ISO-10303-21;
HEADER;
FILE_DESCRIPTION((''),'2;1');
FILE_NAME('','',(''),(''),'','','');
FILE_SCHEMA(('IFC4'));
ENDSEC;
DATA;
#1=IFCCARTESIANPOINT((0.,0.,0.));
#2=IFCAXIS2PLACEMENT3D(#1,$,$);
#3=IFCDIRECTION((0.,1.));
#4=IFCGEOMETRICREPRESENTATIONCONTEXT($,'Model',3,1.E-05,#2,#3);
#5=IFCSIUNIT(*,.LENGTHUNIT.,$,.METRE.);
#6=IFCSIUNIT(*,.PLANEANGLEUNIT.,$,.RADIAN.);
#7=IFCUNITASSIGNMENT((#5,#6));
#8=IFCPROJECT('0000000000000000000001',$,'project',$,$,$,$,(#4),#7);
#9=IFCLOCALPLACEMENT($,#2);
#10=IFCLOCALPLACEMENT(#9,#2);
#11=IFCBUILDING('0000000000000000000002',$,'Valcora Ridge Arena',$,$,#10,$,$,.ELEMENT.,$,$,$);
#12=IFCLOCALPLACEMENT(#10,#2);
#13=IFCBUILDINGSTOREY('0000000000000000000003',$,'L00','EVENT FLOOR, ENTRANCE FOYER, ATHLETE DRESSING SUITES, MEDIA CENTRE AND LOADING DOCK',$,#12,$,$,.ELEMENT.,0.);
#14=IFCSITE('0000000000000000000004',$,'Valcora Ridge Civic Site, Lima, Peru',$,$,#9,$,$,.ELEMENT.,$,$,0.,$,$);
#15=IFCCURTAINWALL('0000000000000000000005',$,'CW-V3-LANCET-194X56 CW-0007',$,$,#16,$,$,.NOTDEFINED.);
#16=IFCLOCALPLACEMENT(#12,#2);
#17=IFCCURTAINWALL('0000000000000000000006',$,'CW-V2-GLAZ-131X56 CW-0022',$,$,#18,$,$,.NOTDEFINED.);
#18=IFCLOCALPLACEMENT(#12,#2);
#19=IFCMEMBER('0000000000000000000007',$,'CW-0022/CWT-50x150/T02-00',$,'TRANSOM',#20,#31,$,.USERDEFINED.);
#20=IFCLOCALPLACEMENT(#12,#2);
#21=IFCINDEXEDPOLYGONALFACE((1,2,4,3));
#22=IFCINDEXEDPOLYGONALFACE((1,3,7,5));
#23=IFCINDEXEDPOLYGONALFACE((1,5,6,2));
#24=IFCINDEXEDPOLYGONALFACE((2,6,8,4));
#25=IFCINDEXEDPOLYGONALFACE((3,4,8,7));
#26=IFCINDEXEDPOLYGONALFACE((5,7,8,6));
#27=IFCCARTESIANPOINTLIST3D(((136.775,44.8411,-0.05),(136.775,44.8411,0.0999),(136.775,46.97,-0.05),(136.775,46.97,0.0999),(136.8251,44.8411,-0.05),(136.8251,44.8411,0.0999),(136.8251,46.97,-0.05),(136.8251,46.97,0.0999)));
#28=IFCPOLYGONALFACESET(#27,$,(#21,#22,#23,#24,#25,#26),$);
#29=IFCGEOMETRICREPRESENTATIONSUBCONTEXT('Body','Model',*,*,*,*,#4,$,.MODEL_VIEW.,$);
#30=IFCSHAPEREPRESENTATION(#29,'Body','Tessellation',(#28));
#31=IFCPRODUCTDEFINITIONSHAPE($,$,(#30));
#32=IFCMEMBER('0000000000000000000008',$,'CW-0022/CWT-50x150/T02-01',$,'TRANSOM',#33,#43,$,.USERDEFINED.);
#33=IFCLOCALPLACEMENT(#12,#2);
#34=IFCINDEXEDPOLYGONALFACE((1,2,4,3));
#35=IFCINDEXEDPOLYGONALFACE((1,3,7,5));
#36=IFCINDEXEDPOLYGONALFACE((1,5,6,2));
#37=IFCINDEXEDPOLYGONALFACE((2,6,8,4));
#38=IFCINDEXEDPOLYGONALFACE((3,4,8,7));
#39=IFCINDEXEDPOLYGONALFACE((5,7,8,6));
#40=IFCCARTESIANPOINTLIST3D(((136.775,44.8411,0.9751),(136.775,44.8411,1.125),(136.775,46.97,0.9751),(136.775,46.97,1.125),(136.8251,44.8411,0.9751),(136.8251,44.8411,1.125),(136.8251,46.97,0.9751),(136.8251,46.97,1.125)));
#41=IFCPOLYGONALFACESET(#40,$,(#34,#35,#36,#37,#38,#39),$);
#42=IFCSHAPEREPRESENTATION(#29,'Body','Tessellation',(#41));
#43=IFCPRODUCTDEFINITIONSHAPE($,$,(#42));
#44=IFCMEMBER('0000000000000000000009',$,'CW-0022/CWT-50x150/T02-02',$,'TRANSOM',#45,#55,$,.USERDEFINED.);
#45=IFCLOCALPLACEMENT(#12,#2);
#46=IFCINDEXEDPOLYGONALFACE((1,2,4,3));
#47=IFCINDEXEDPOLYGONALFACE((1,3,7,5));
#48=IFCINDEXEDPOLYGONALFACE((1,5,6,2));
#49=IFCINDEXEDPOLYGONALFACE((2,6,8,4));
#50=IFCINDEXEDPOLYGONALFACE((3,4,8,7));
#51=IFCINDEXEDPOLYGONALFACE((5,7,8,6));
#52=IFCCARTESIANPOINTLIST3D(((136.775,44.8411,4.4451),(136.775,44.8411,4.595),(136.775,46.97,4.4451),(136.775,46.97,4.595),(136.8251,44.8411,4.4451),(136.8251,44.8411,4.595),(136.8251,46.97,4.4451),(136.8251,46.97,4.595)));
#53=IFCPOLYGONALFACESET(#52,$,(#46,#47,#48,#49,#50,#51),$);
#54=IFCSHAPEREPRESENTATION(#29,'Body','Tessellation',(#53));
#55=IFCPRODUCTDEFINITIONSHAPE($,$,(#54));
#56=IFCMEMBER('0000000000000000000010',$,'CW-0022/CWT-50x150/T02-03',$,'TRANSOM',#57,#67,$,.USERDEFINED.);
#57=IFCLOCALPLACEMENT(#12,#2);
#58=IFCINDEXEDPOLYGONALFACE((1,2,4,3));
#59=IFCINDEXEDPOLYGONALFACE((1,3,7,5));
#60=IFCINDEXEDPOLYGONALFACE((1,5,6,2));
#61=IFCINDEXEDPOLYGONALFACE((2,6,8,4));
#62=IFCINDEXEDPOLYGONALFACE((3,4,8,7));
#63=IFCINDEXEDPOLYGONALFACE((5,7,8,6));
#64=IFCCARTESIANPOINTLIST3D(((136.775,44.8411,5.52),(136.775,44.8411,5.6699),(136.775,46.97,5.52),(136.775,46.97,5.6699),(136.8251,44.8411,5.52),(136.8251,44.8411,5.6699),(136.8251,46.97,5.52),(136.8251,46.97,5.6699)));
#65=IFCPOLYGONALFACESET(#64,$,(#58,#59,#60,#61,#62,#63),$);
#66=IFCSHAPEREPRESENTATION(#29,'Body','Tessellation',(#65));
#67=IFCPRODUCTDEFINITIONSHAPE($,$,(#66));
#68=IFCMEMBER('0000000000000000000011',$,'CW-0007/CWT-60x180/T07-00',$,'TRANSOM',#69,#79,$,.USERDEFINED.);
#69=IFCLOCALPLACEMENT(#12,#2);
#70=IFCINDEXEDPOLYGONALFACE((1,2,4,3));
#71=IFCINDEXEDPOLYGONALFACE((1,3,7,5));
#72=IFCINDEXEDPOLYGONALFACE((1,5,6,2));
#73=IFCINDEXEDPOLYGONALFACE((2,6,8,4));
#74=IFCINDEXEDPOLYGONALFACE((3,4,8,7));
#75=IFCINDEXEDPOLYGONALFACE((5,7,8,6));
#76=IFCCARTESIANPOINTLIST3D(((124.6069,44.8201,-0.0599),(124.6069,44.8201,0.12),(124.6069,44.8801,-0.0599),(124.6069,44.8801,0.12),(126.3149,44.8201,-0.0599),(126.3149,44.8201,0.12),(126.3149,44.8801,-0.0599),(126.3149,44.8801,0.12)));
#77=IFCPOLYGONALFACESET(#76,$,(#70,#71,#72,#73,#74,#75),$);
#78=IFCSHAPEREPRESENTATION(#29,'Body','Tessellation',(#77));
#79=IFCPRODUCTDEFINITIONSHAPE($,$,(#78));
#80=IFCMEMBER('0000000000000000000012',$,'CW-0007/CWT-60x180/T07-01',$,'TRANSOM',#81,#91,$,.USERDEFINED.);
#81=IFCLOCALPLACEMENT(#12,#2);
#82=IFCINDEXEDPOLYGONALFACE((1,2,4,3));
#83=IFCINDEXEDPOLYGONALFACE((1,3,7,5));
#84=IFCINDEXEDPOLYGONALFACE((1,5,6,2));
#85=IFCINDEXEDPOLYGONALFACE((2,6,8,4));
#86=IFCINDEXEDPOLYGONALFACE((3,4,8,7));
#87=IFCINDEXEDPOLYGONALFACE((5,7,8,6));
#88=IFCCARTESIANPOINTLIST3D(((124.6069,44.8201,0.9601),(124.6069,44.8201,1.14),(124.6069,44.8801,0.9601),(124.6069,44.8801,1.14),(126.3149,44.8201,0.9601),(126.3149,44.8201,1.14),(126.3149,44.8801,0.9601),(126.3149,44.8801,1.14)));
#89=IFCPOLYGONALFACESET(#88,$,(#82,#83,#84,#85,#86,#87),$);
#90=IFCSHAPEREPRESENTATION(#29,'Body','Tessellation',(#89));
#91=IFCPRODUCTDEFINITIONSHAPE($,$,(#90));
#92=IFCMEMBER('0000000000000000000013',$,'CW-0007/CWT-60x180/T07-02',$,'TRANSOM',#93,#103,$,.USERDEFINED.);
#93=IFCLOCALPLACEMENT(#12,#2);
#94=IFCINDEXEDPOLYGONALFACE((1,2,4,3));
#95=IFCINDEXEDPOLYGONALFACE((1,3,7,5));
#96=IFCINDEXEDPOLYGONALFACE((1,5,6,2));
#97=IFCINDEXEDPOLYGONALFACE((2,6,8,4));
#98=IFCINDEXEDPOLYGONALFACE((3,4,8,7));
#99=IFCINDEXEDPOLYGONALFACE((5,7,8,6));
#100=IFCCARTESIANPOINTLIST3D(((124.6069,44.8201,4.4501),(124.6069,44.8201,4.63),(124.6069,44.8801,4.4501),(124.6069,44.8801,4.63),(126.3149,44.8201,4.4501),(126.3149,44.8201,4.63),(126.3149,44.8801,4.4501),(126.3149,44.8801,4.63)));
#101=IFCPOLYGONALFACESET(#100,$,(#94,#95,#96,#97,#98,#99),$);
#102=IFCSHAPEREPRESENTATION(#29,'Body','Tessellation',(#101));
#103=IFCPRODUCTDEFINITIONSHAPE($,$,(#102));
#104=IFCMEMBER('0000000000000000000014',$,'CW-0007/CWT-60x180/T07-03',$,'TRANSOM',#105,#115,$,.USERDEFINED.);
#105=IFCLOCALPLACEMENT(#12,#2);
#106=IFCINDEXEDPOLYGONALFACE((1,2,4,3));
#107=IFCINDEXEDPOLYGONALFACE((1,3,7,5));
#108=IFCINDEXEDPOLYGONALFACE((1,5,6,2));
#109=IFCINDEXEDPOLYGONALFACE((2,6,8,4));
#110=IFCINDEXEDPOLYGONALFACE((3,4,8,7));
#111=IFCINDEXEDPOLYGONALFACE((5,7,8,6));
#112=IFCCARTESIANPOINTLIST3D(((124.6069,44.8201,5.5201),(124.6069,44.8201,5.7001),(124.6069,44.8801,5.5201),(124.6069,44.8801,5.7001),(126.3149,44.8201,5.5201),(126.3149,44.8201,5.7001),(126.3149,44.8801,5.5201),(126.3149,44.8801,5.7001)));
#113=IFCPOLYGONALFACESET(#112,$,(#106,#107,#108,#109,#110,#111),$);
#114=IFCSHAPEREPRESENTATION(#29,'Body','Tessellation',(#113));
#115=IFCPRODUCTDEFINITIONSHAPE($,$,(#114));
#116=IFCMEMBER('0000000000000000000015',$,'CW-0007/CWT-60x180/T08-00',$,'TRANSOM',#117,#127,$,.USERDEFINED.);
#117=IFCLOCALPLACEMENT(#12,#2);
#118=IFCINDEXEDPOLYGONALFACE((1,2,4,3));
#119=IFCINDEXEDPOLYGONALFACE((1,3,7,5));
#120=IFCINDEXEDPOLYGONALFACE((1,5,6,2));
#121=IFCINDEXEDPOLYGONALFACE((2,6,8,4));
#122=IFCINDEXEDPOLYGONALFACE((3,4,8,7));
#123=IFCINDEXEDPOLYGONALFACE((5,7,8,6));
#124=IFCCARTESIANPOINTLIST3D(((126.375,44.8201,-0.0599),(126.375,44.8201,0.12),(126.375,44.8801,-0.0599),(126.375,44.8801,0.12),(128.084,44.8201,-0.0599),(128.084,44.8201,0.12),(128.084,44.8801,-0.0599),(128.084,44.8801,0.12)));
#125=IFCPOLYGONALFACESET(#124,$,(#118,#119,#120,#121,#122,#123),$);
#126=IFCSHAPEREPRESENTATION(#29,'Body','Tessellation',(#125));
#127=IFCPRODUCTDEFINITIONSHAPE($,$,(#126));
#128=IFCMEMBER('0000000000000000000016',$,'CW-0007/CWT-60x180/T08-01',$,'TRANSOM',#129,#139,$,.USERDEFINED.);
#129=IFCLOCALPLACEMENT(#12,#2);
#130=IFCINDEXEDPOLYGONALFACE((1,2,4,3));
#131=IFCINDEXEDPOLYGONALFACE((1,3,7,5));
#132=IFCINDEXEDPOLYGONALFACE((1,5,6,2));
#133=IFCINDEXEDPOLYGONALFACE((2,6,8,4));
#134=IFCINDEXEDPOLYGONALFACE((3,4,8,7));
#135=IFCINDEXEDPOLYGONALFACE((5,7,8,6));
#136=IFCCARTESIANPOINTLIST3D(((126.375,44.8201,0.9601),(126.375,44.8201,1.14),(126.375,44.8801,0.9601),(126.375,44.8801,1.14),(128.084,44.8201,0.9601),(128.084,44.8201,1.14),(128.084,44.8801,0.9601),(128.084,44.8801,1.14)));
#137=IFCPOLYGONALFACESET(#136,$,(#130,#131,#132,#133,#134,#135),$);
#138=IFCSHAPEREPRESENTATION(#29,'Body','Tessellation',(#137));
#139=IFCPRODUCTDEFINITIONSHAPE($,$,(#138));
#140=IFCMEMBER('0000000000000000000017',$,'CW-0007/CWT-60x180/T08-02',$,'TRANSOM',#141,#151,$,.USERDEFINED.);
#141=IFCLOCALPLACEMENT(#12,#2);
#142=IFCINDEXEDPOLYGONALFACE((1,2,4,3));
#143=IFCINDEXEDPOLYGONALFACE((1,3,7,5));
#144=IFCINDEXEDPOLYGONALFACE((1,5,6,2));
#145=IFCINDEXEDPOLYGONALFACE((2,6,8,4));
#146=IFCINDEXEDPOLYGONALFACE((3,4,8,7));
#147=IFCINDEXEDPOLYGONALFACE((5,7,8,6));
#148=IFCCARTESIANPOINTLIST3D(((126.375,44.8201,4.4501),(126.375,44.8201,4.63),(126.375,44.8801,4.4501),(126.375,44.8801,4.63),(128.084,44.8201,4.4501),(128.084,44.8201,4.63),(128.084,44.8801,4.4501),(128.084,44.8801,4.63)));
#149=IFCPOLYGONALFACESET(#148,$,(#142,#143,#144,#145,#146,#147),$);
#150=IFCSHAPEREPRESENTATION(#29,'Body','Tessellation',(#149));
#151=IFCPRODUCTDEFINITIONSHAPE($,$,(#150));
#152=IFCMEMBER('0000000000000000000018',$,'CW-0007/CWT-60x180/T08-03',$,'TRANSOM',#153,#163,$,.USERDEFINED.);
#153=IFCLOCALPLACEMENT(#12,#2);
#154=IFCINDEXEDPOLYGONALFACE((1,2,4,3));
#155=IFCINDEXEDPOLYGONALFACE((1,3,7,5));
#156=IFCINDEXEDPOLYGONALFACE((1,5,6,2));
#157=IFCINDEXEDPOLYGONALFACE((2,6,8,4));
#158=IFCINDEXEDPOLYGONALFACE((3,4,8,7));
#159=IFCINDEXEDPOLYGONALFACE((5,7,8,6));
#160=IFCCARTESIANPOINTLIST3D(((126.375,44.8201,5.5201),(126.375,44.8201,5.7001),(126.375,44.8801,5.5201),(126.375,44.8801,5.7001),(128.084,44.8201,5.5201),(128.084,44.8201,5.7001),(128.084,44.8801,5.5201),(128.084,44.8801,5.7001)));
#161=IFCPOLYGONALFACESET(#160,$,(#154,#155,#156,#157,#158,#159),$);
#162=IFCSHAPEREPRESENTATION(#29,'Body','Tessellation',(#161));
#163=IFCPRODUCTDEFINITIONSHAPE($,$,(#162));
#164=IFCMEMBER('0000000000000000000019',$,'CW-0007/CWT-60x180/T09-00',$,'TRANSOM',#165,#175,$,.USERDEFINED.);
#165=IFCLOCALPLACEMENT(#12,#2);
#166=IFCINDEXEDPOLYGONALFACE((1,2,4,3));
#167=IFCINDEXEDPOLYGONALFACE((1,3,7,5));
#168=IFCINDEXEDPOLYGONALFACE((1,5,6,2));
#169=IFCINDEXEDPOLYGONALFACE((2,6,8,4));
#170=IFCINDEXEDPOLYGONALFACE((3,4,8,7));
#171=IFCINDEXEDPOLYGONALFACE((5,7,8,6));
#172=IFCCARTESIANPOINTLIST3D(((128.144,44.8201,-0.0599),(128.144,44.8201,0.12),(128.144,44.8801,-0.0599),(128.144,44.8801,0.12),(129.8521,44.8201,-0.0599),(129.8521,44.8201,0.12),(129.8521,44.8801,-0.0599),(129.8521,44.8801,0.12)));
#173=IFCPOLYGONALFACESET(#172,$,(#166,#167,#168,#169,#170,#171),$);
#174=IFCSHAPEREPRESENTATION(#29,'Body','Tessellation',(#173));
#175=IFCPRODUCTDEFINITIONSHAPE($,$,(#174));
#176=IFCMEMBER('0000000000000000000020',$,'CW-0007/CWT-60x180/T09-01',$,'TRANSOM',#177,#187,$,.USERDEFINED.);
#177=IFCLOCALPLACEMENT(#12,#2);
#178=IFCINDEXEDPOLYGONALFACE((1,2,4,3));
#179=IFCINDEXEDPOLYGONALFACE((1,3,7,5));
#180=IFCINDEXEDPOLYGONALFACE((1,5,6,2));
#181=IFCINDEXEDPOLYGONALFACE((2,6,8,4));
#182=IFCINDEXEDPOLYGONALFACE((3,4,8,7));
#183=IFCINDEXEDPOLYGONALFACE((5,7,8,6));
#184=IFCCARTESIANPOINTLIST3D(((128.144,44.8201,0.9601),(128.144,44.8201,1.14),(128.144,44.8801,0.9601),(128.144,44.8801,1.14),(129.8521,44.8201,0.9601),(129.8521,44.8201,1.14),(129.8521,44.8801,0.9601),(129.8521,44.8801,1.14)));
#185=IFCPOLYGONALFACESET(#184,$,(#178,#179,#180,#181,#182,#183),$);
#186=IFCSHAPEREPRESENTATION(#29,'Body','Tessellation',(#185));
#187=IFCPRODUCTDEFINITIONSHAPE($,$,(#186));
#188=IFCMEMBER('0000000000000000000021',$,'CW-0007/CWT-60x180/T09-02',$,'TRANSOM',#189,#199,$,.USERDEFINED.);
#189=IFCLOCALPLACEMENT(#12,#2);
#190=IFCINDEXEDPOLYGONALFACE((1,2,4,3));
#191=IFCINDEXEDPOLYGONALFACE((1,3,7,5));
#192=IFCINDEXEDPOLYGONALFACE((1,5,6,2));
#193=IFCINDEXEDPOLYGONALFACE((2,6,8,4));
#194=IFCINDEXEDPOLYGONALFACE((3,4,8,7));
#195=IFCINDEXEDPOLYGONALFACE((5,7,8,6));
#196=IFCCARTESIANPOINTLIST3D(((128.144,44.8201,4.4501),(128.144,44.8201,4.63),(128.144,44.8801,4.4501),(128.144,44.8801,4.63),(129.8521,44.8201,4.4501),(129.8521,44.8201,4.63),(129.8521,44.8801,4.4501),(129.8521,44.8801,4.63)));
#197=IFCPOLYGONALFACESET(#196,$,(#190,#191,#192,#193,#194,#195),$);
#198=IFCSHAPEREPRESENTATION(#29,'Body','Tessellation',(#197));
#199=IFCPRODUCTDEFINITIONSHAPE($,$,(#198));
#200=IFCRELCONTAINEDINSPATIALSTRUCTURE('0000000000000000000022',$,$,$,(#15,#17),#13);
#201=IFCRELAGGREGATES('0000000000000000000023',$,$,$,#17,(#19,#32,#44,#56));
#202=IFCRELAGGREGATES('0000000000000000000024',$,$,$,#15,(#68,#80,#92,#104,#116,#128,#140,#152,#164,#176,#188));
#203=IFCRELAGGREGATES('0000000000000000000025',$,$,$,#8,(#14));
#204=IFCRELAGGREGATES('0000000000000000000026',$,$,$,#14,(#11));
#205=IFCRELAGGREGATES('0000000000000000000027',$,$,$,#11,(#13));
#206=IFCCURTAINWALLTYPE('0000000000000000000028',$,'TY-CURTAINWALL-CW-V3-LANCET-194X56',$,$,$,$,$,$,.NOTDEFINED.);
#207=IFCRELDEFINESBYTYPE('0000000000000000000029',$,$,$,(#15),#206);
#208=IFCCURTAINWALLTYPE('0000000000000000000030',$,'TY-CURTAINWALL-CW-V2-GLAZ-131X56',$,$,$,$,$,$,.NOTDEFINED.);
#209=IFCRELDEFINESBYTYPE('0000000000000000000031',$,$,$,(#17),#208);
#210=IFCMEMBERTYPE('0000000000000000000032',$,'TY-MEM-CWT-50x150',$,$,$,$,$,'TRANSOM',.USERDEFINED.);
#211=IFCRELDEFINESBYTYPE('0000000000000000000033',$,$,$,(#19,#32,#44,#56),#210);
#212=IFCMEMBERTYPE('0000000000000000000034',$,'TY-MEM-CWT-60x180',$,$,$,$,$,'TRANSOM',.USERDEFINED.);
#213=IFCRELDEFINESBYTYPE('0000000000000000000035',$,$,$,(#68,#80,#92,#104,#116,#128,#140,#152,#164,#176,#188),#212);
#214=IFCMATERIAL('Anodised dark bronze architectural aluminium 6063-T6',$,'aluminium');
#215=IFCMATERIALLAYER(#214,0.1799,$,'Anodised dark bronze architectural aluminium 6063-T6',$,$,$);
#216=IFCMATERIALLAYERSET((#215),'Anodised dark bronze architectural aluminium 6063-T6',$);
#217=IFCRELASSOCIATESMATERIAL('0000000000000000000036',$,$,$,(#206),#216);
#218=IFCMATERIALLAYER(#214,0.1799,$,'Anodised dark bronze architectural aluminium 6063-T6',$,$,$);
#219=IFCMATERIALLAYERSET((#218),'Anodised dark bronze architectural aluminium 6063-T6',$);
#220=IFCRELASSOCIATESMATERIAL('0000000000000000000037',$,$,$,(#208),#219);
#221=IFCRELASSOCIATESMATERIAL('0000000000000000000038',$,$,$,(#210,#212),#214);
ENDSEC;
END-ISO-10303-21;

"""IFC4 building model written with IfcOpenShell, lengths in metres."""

from ifc_helpers import new_model, si_unit, direction, frame, origin, origin_2d, place, context, subcontext, project, spatial, rectangle, extrude, material, layer, layer_set, material_profile, profile_set, type_object, element, aggregate, save


model = new_model("IFC4")

# Units and contexts
model_context = context("Model", 3, precision=1e-05, world=origin(), true_north=direction((0.0, 1.0)))
body_context = subcontext(model_context, "Body", "Model", "MODEL_VIEW")
ifc_project = project(units=[si_unit("LENGTHUNIT", "METRE"), si_unit("PLANEANGLEUNIT", "RADIAN")], contexts=[model_context])

# Site, building, storey
site_placement = place(None, origin())
site = spatial("IfcSite", under=ifc_project, at=site_placement, Name="Valcora Ridge Civic Site, Lima, Peru", CompositionType="ELEMENT", RefElevation=0.0)
building_placement = place(site_placement, origin())
building = spatial("IfcBuilding", under=site, at=building_placement, Name="Valcora Ridge Arena", CompositionType="ELEMENT")
storey_placement = place(building_placement, origin())
storey = spatial("IfcBuildingStorey", under=building, at=storey_placement, Name="L00", Description="EVENT FLOOR, ENTRANCE FOYER, ATHLETE DRESSING SUITES, MEDIA CENTRE AND LOADING DOCK", CompositionType="ELEMENT", Elevation=0.0)

# Shared definitions
ifc_material_1 = material(Name="Anodised dark bronze architectural aluminium 6063-T6", Category="aluminium")

# Curtain walls, members
ifc_layer_1 = layer(ifc_material_1, 0.1799, Name="Anodised dark bronze architectural aluminium 6063-T6")
ifc_layer_set_1 = layer_set([ifc_layer_1], Name="Anodised dark bronze architectural aluminium 6063-T6")
curtain_wall_type_1 = type_object("IfcCurtainWallType", Name="TY-CURTAINWALL-CW-V3-LANCET-194X56", PredefinedType="NOTDEFINED", material=ifc_layer_set_1)
curtain_wall_1_placement = place(storey_placement, origin())
curtain_wall_1 = element("IfcCurtainWall", 1, at=curtain_wall_1_placement, inside=storey, type_object=curtain_wall_type_1, Name="CW-V3-LANCET-194X56 CW-0007", PredefinedType="NOTDEFINED")
ifc_layer_2 = layer(ifc_material_1, 0.1799, Name="Anodised dark bronze architectural aluminium 6063-T6")
ifc_layer_set_2 = layer_set([ifc_layer_2], Name="Anodised dark bronze architectural aluminium 6063-T6")
curtain_wall_type_2 = type_object("IfcCurtainWallType", Name="TY-CURTAINWALL-CW-V2-GLAZ-131X56", PredefinedType="NOTDEFINED", material=ifc_layer_set_2)
curtain_wall_2_placement = place(storey_placement, origin())
curtain_wall_2 = element("IfcCurtainWall", 2, at=curtain_wall_2_placement, inside=storey, type_object=curtain_wall_type_2, Name="CW-V2-GLAZ-131X56 CW-0022", PredefinedType="NOTDEFINED")
ifc_material_profile_1 = material_profile(ifc_material_1, rectangle(XDim=0.05, YDim=0.1499, at=origin_2d()), Name="ALU TRANSOM 50x150")
ifc_profile_set_1 = profile_set([ifc_material_profile_1], Name="Anodised dark bronze architectural aluminium 6063-T6")
member_type_1 = type_object("IfcMemberType", Name="TY-MEM-CWT-50x150", ElementType="TRANSOM", PredefinedType="USERDEFINED", material=ifc_profile_set_1)
member_1_placement = place(storey_placement, frame((136.8, 44.8411, 0.0249), z_axis=(0.0, 1.0, 0.0), x_axis=(-1.0, 0.0, 0.0)))
member_1 = element("IfcMember", 3, at=member_1_placement, type_object=member_type_1, Name="CW-0022/CWT-50x150/T02-00", ObjectType="TRANSOM", PredefinedType="USERDEFINED", context=body_context, shape_type="SweptSolid", body=[
    extrude(rectangle(XDim=0.05, YDim=0.1499, at=origin_2d()), origin(), (0.0, 0.0, 1.0), 2.1289),
])
member_2_placement = place(storey_placement, frame((136.8, 44.8411, 1.05), z_axis=(0.0, 1.0, 0.0), x_axis=(-1.0, 0.0, 0.0)))
member_2 = element("IfcMember", 4, at=member_2_placement, type_object=member_type_1, Name="CW-0022/CWT-50x150/T02-01", ObjectType="TRANSOM", PredefinedType="USERDEFINED", context=body_context, shape_type="SweptSolid", body=[
    extrude(rectangle(XDim=0.05, YDim=0.1499, at=origin_2d()), origin(), (0.0, 0.0, 1.0), 2.1289),
])
member_3_placement = place(storey_placement, frame((136.8, 44.8411, 4.52), z_axis=(0.0, 1.0, 0.0), x_axis=(-1.0, 0.0, 0.0)))
member_3 = element("IfcMember", 5, at=member_3_placement, type_object=member_type_1, Name="CW-0022/CWT-50x150/T02-02", ObjectType="TRANSOM", PredefinedType="USERDEFINED", context=body_context, shape_type="SweptSolid", body=[
    extrude(rectangle(XDim=0.05, YDim=0.1499, at=origin_2d()), origin(), (0.0, 0.0, 1.0), 2.1289),
])
member_4_placement = place(storey_placement, frame((136.8, 44.8411, 5.595), z_axis=(0.0, 1.0, 0.0), x_axis=(-1.0, 0.0, 0.0)))
member_4 = element("IfcMember", 6, at=member_4_placement, type_object=member_type_1, Name="CW-0022/CWT-50x150/T02-03", ObjectType="TRANSOM", PredefinedType="USERDEFINED", context=body_context, shape_type="SweptSolid", body=[
    extrude(rectangle(XDim=0.05, YDim=0.1499, at=origin_2d()), origin(), (0.0, 0.0, 1.0), 2.1289),
])
aggregate(curtain_wall_2, [member_1, member_2, member_3, member_4])

# Members
ifc_material_profile_2 = material_profile(ifc_material_1, rectangle(XDim=0.0601, YDim=0.1799, at=origin_2d()), Name="ALU TRANSOM 60x180")
ifc_profile_set_2 = profile_set([ifc_material_profile_2], Name="Anodised dark bronze architectural aluminium 6063-T6")
member_type_2 = type_object("IfcMemberType", Name="TY-MEM-CWT-60x180", ElementType="TRANSOM", PredefinedType="USERDEFINED", material=ifc_profile_set_2)
member_5_placement = place(storey_placement, frame((124.6069, 44.8501, 0.03), z_axis=(1.0, 0.0, 0.0), x_axis=(0.0, 1.0, 0.0)))
member_5 = element("IfcMember", 7, at=member_5_placement, type_object=member_type_2, Name="CW-0007/CWT-60x180/T07-00", ObjectType="TRANSOM", PredefinedType="USERDEFINED", context=body_context, shape_type="SweptSolid", body=[
    extrude(rectangle(XDim=0.0601, YDim=0.1799, at=origin_2d()), origin(), (0.0, 0.0, 1.0), 1.708),
])
member_6_placement = place(storey_placement, frame((124.6069, 44.8501, 1.05), z_axis=(1.0, 0.0, 0.0), x_axis=(0.0, 1.0, 0.0)))
member_6 = element("IfcMember", 8, at=member_6_placement, type_object=member_type_2, Name="CW-0007/CWT-60x180/T07-01", ObjectType="TRANSOM", PredefinedType="USERDEFINED", context=body_context, shape_type="SweptSolid", body=[
    extrude(rectangle(XDim=0.0601, YDim=0.1799, at=origin_2d()), origin(), (0.0, 0.0, 1.0), 1.708),
])
member_7_placement = place(storey_placement, frame((124.6069, 44.8501, 4.54), z_axis=(1.0, 0.0, 0.0), x_axis=(0.0, 1.0, 0.0)))
member_7 = element("IfcMember", 9, at=member_7_placement, type_object=member_type_2, Name="CW-0007/CWT-60x180/T07-02", ObjectType="TRANSOM", PredefinedType="USERDEFINED", context=body_context, shape_type="SweptSolid", body=[
    extrude(rectangle(XDim=0.0601, YDim=0.1799, at=origin_2d()), origin(), (0.0, 0.0, 1.0), 1.708),
])
member_8_placement = place(storey_placement, frame((124.6069, 44.8501, 5.6101), z_axis=(1.0, 0.0, 0.0), x_axis=(0.0, 1.0, 0.0)))
member_8 = element("IfcMember", 10, at=member_8_placement, type_object=member_type_2, Name="CW-0007/CWT-60x180/T07-03", ObjectType="TRANSOM", PredefinedType="USERDEFINED", context=body_context, shape_type="SweptSolid", body=[
    extrude(rectangle(XDim=0.0601, YDim=0.1799, at=origin_2d()), origin(), (0.0, 0.0, 1.0), 1.708),
])
member_9_placement = place(storey_placement, frame((126.375, 44.8501, 0.03), z_axis=(1.0, 0.0, 0.0), x_axis=(0.0, 1.0, 0.0)))
member_9 = element("IfcMember", 11, at=member_9_placement, type_object=member_type_2, Name="CW-0007/CWT-60x180/T08-00", ObjectType="TRANSOM", PredefinedType="USERDEFINED", context=body_context, shape_type="SweptSolid", body=[
    extrude(rectangle(XDim=0.0601, YDim=0.1799, at=origin_2d()), origin(), (0.0, 0.0, 1.0), 1.709),
])
member_10_placement = place(storey_placement, frame((126.375, 44.8501, 1.05), z_axis=(1.0, 0.0, 0.0), x_axis=(0.0, 1.0, 0.0)))
member_10 = element("IfcMember", 12, at=member_10_placement, type_object=member_type_2, Name="CW-0007/CWT-60x180/T08-01", ObjectType="TRANSOM", PredefinedType="USERDEFINED", context=body_context, shape_type="SweptSolid", body=[
    extrude(rectangle(XDim=0.0601, YDim=0.1799, at=origin_2d()), origin(), (0.0, 0.0, 1.0), 1.709),
])
member_11_placement = place(storey_placement, frame((126.375, 44.8501, 4.54), z_axis=(1.0, 0.0, 0.0), x_axis=(0.0, 1.0, 0.0)))
member_11 = element("IfcMember", 13, at=member_11_placement, type_object=member_type_2, Name="CW-0007/CWT-60x180/T08-02", ObjectType="TRANSOM", PredefinedType="USERDEFINED", context=body_context, shape_type="SweptSolid", body=[
    extrude(rectangle(XDim=0.0601, YDim=0.1799, at=origin_2d()), origin(), (0.0, 0.0, 1.0), 1.709),
])
member_12_placement = place(storey_placement, frame((126.375, 44.8501, 5.6101), z_axis=(1.0, 0.0, 0.0), x_axis=(0.0, 1.0, 0.0)))
member_12 = element("IfcMember", 14, at=member_12_placement, type_object=member_type_2, Name="CW-0007/CWT-60x180/T08-03", ObjectType="TRANSOM", PredefinedType="USERDEFINED", context=body_context, shape_type="SweptSolid", body=[
    extrude(rectangle(XDim=0.0601, YDim=0.1799, at=origin_2d()), origin(), (0.0, 0.0, 1.0), 1.709),
])
member_13_placement = place(storey_placement, frame((128.144, 44.8501, 0.03), z_axis=(1.0, 0.0, 0.0), x_axis=(0.0, 1.0, 0.0)))
member_13 = element("IfcMember", 15, at=member_13_placement, type_object=member_type_2, Name="CW-0007/CWT-60x180/T09-00", ObjectType="TRANSOM", PredefinedType="USERDEFINED", context=body_context, shape_type="SweptSolid", body=[
    extrude(rectangle(XDim=0.0601, YDim=0.1799, at=origin_2d()), origin(), (0.0, 0.0, 1.0), 1.708),
])
member_14_placement = place(storey_placement, frame((128.144, 44.8501, 1.05), z_axis=(1.0, 0.0, 0.0), x_axis=(0.0, 1.0, 0.0)))
member_14 = element("IfcMember", 16, at=member_14_placement, type_object=member_type_2, Name="CW-0007/CWT-60x180/T09-01", ObjectType="TRANSOM", PredefinedType="USERDEFINED", context=body_context, shape_type="SweptSolid", body=[
    extrude(rectangle(XDim=0.0601, YDim=0.1799, at=origin_2d()), origin(), (0.0, 0.0, 1.0), 1.708),
])
member_15_placement = place(storey_placement, frame((128.144, 44.8501, 4.54), z_axis=(1.0, 0.0, 0.0), x_axis=(0.0, 1.0, 0.0)))
member_15 = element("IfcMember", 17, at=member_15_placement, type_object=member_type_2, Name="CW-0007/CWT-60x180/T09-02", ObjectType="TRANSOM", PredefinedType="USERDEFINED", context=body_context, shape_type="SweptSolid", body=[
    extrude(rectangle(XDim=0.0601, YDim=0.1799, at=origin_2d()), origin(), (0.0, 0.0, 1.0), 1.708),
])

aggregate(curtain_wall_1, [member_5, member_6, member_7, member_8, member_9, member_10, member_11, member_12, member_13, member_14, member_15])

save(model, "model.ifc")
